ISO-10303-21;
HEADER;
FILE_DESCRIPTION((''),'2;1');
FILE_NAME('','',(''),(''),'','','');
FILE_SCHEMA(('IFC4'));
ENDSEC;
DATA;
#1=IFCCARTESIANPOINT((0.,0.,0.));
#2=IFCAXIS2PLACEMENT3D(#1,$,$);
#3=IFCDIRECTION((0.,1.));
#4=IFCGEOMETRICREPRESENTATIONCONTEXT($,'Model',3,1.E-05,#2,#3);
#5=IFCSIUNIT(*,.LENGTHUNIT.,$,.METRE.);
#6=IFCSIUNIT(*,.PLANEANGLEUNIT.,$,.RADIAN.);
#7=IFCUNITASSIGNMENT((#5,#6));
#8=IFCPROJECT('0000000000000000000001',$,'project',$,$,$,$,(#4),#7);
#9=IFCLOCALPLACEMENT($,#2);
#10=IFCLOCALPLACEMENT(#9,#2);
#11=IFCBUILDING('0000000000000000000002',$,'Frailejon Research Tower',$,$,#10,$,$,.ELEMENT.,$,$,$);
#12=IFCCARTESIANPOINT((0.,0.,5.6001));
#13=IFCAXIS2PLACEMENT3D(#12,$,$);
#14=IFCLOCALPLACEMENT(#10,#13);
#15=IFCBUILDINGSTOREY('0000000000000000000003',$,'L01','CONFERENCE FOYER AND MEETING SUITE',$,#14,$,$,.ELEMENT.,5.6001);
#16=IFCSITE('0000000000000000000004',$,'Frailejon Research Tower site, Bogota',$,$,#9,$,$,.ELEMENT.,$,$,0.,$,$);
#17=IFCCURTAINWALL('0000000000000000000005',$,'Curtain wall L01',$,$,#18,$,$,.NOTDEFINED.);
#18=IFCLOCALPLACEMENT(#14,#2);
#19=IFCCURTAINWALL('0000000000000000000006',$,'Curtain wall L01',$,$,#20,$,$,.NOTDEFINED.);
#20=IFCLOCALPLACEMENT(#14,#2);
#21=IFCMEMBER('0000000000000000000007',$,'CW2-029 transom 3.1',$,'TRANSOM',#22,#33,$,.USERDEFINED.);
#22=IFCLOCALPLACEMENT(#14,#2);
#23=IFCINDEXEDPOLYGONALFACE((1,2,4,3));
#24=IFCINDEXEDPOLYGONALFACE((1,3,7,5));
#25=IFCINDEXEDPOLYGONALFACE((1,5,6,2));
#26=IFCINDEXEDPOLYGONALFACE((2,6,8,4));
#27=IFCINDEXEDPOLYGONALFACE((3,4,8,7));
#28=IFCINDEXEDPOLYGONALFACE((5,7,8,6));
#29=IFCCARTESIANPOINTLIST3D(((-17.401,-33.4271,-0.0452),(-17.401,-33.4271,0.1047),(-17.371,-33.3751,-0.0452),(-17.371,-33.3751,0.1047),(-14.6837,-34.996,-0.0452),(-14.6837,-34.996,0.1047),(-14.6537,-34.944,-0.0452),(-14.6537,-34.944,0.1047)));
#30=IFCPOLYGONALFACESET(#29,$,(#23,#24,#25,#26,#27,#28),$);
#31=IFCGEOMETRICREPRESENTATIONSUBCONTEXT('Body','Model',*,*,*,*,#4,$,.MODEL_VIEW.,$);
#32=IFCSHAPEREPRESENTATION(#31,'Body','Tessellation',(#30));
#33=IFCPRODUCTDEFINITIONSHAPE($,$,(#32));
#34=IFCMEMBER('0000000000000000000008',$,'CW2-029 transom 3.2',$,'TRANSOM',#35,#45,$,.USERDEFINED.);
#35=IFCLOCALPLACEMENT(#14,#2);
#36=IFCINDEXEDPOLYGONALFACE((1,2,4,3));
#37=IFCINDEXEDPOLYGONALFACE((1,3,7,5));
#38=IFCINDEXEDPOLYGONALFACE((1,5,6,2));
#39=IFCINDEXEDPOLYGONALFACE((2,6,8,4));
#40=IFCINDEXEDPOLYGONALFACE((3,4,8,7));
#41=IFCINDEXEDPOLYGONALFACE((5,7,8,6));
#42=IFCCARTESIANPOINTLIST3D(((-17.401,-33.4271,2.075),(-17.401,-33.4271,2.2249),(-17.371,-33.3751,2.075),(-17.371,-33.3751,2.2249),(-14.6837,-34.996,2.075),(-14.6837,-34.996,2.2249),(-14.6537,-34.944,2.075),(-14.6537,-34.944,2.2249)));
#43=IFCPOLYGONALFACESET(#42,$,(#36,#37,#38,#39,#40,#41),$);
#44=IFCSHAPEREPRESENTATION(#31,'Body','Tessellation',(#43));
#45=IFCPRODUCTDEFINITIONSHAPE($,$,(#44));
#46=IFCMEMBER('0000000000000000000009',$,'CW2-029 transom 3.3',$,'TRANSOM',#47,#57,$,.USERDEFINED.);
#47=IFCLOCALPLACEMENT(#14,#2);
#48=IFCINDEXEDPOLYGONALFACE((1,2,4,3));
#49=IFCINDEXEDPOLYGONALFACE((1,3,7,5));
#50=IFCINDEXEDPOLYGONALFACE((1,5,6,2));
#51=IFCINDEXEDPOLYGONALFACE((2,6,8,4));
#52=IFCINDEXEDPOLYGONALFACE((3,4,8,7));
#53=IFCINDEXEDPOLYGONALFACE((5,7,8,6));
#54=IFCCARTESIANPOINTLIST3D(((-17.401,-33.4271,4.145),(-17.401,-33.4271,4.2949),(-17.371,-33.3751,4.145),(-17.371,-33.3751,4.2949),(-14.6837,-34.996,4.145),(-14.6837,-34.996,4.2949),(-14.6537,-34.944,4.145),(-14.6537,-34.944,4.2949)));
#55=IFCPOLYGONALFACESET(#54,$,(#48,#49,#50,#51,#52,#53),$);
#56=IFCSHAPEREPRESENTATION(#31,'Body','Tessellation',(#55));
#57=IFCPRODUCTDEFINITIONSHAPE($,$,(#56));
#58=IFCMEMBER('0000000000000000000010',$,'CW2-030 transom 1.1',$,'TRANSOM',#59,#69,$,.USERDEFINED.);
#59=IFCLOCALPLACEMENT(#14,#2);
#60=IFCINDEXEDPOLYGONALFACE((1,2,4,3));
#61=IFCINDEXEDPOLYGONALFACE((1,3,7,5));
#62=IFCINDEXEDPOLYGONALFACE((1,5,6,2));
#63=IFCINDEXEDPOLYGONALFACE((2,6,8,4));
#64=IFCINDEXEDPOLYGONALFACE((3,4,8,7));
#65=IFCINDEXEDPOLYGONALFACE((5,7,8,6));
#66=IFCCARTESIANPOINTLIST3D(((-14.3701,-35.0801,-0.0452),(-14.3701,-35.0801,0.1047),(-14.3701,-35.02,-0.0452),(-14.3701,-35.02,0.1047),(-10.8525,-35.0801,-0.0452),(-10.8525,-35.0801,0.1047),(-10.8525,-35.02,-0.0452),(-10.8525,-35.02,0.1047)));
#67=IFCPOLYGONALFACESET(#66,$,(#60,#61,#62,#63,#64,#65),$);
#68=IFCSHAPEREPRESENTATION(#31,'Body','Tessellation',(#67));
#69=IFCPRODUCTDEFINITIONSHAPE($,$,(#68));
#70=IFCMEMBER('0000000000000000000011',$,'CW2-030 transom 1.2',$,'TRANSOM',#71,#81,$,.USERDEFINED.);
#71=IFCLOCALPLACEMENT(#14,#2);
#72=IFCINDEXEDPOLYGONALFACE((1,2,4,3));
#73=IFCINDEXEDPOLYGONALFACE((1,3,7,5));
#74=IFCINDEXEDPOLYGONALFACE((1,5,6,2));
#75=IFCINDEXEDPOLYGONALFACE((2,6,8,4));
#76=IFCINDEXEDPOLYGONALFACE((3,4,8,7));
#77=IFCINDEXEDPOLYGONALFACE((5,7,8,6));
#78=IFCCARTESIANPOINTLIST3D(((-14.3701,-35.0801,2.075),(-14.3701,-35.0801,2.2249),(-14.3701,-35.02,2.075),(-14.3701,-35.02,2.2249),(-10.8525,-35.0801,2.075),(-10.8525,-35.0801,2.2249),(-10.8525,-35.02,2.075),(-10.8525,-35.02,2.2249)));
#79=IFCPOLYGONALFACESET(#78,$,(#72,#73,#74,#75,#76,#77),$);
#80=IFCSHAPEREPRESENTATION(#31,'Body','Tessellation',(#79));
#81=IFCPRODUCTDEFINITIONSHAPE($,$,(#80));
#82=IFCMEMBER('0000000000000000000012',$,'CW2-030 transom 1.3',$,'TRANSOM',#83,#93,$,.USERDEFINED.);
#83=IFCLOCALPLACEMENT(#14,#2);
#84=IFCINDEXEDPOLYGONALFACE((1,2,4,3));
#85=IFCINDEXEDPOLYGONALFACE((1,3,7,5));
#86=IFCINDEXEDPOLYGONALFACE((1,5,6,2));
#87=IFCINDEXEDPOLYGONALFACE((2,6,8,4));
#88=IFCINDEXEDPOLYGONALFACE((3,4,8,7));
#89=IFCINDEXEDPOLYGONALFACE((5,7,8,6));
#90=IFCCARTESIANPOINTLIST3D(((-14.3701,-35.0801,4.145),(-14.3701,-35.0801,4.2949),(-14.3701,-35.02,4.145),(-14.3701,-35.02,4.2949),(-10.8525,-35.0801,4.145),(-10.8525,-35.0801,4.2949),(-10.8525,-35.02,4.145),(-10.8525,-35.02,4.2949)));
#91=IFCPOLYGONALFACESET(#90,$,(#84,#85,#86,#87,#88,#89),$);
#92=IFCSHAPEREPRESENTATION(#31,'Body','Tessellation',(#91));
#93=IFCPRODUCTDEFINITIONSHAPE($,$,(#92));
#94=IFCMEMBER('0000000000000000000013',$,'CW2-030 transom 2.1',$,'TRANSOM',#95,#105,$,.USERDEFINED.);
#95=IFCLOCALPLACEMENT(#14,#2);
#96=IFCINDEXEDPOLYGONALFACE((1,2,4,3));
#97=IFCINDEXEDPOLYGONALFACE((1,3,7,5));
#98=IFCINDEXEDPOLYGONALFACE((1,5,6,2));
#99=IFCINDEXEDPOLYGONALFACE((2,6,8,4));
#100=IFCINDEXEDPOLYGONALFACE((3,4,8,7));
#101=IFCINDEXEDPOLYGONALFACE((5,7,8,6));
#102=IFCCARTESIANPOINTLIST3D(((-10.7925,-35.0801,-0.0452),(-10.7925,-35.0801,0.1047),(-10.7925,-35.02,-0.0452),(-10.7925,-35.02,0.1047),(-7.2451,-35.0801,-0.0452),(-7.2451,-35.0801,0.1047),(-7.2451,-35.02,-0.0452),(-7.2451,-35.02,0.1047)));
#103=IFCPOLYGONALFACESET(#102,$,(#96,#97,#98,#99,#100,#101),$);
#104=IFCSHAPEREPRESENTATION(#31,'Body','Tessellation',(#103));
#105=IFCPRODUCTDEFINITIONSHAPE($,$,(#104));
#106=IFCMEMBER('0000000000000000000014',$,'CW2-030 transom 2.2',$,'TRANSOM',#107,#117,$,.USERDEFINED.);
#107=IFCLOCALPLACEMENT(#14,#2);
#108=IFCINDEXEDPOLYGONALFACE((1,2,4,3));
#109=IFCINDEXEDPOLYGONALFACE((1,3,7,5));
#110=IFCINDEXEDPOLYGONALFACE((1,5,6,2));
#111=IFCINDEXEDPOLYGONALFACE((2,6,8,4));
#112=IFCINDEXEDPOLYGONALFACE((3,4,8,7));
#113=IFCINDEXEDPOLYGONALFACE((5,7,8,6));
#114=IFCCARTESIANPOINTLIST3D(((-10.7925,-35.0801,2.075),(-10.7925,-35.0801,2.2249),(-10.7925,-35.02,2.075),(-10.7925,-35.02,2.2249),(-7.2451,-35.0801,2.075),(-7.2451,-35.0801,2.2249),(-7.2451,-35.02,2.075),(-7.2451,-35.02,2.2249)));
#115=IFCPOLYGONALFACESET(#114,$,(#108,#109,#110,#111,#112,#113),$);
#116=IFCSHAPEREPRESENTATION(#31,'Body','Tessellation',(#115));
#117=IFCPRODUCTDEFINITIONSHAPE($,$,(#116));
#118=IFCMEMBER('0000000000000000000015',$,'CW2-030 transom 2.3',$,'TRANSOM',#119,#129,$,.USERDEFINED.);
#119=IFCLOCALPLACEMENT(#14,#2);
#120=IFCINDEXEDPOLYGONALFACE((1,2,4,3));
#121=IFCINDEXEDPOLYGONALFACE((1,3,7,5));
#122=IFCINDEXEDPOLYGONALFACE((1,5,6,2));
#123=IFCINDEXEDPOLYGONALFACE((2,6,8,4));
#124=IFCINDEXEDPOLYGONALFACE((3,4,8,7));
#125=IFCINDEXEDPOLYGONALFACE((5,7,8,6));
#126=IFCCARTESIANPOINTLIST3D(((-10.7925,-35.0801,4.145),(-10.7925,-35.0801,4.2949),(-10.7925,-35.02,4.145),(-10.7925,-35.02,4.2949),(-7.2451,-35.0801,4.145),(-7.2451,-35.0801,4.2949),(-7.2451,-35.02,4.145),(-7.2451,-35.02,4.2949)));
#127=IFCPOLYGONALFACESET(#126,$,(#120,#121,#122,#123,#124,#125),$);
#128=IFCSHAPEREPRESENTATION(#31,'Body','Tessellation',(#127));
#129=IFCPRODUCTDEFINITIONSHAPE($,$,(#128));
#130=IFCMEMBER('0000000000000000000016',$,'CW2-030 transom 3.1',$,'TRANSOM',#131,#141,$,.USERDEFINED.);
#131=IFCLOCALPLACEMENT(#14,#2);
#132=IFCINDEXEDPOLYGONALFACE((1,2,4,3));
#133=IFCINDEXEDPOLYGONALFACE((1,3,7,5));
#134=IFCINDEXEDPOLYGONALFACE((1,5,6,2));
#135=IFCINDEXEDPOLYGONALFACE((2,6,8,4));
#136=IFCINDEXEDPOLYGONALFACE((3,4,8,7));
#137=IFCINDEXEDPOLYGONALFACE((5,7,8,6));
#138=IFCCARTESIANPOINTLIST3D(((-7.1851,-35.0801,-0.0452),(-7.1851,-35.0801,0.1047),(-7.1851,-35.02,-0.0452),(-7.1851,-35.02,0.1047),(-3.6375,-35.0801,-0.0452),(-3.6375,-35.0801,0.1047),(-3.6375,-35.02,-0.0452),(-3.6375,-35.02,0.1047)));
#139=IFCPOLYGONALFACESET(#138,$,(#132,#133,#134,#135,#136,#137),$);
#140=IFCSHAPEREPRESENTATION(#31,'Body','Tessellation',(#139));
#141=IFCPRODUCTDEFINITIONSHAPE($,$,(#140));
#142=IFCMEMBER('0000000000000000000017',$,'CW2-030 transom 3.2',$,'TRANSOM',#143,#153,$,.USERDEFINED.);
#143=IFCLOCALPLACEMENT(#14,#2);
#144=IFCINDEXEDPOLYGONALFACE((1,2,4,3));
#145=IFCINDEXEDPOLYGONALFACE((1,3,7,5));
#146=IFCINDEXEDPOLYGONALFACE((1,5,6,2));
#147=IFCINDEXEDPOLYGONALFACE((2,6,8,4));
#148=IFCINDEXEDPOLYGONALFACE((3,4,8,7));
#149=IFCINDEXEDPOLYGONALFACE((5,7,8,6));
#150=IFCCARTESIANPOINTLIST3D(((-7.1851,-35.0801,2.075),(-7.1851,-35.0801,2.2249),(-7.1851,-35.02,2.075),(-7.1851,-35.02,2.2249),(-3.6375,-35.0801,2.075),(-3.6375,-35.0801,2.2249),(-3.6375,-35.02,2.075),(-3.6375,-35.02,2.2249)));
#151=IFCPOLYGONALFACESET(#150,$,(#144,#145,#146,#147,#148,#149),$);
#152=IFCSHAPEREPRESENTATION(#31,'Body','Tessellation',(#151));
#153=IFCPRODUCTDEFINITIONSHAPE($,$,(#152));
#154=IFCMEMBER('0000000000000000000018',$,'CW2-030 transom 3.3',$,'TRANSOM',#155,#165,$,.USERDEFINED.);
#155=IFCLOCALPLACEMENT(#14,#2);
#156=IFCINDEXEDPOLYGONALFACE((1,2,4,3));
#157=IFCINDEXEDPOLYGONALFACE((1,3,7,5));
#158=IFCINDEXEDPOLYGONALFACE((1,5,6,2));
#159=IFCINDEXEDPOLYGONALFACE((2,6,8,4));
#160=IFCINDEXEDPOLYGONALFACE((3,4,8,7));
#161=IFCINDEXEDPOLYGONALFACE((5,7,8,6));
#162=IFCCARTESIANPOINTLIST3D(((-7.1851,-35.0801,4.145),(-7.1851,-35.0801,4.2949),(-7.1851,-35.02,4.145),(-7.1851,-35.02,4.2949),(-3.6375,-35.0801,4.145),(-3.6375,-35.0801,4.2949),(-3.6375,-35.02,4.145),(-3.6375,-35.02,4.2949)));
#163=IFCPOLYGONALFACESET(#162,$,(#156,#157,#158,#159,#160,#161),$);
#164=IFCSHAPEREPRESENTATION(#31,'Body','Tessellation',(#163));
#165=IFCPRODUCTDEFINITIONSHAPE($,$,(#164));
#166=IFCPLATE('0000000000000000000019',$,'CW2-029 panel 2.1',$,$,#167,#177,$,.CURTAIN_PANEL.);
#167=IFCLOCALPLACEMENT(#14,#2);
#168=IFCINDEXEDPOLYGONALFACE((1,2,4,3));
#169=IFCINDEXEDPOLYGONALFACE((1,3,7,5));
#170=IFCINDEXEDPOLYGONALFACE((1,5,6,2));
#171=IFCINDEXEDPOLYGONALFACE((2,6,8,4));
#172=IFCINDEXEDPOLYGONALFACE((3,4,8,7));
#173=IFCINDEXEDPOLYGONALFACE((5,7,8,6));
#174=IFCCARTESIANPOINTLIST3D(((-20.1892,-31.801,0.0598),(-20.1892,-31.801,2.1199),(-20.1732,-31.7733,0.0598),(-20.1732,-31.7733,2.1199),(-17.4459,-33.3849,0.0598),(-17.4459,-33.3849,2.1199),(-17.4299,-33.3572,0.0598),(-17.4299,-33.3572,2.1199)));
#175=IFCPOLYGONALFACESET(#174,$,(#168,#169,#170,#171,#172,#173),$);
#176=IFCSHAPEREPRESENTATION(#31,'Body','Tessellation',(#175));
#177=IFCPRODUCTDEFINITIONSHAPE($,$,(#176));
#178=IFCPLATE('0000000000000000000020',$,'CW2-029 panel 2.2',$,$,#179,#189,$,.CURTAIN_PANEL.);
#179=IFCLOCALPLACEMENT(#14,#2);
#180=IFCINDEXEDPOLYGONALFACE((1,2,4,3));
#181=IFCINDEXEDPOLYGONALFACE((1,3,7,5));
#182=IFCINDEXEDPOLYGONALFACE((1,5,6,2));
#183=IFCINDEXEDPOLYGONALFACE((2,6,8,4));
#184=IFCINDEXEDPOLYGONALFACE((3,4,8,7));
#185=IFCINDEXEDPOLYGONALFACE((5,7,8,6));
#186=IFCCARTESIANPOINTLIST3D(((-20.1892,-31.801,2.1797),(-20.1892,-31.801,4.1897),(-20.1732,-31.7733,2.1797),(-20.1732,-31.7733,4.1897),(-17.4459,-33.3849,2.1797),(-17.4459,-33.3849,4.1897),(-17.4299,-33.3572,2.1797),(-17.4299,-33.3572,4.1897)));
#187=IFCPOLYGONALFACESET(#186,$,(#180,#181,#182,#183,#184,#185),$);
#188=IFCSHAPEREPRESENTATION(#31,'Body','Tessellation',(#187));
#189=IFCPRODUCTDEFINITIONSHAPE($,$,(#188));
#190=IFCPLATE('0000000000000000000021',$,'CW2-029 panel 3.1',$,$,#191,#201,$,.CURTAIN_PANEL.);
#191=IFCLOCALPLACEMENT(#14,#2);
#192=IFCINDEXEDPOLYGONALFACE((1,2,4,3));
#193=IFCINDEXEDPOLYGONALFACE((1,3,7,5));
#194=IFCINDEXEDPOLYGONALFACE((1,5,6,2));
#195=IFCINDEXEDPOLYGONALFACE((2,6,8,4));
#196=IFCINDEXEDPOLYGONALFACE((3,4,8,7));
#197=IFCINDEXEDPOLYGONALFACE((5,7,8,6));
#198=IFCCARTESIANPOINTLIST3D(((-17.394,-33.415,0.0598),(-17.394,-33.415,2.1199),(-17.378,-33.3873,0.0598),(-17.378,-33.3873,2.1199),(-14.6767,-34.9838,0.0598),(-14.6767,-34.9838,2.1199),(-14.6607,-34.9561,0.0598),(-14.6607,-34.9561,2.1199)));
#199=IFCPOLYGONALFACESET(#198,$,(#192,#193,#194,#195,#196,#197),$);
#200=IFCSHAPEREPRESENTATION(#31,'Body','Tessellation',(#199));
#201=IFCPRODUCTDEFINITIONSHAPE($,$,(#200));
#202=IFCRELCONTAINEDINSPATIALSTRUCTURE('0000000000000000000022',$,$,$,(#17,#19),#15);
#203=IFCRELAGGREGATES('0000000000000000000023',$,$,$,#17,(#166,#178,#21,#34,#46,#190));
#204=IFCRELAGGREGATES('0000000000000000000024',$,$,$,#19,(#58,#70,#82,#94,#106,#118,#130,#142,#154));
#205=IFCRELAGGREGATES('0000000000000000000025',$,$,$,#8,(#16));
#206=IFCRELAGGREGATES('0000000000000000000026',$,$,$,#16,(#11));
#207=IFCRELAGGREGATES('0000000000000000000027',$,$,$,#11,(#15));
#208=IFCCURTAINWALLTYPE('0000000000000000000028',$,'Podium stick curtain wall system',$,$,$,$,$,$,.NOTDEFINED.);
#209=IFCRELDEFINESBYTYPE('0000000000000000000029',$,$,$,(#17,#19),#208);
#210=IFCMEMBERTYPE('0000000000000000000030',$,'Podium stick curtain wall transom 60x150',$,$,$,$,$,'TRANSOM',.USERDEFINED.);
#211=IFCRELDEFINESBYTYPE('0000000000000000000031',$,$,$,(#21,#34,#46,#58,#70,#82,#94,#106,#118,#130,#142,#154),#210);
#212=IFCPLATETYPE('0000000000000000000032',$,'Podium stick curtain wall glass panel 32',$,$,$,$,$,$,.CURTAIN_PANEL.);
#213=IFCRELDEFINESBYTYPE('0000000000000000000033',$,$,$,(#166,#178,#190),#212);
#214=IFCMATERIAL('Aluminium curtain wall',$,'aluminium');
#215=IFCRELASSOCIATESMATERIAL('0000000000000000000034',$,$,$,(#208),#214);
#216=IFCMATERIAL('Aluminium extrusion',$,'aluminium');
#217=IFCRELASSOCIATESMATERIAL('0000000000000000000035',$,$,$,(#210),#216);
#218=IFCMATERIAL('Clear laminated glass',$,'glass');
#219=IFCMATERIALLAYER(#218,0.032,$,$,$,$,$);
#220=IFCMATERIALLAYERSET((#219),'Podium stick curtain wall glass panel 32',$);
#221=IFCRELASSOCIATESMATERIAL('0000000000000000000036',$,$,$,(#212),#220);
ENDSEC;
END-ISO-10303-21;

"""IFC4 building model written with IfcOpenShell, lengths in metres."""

from ifc_helpers import new_model, si_unit, direction, frame, origin, origin_2d, place, context, subcontext, project, spatial, rectangle, extrude, material, layer, layer_set, material_profile, profile_set, type_object, element, aggregate, save


model = new_model("IFC4")

# Units and contexts
model_context = context("Model", 3, precision=1e-05, world=origin(), true_north=direction((0.0, 1.0)))
body_context = subcontext(model_context, "Body", "Model", "MODEL_VIEW")
ifc_project = project(units=[si_unit("LENGTHUNIT", "METRE"), si_unit("PLANEANGLEUNIT", "RADIAN")], contexts=[model_context])

# Site, building, storey
site_placement = place(None, origin())
site = spatial("IfcSite", under=ifc_project, at=site_placement, Name="Frailejon Research Tower site, Bogota", CompositionType="ELEMENT", RefElevation=0.0)
building_placement = place(site_placement, origin())
building = spatial("IfcBuilding", under=site, at=building_placement, Name="Frailejon Research Tower", CompositionType="ELEMENT")
storey_placement = place(building_placement, frame((0.0, 0.0, 5.6001)))
storey = spatial("IfcBuildingStorey", under=building, at=storey_placement, Name="L01", Description="CONFERENCE FOYER AND MEETING SUITE", CompositionType="ELEMENT", Elevation=5.6001)

# Curtain walls
ifc_material_1 = material(Name="Aluminium curtain wall", Category="aluminium")
curtain_wall_type = type_object("IfcCurtainWallType", Name="Podium stick curtain wall system", PredefinedType="NOTDEFINED", material=ifc_material_1)
curtain_wall_1_placement = place(storey_placement, origin())
curtain_wall_1 = element("IfcCurtainWall", 1, at=curtain_wall_1_placement, inside=storey, type_object=curtain_wall_type, Name="Curtain wall L01", PredefinedType="NOTDEFINED")
curtain_wall_2_placement = place(storey_placement, origin())
curtain_wall_2 = element("IfcCurtainWall", 2, at=curtain_wall_2_placement, inside=storey, type_object=curtain_wall_type, Name="Curtain wall L01", PredefinedType="NOTDEFINED")

# Members
ifc_material_2 = material(Name="Aluminium extrusion", Category="aluminium")
ifc_material_profile_1 = material_profile(ifc_material_2, rectangle(XDim=0.0601, YDim=0.1499, at=origin_2d()), Name="Podium stick curtain wall transom 60x150")
ifc_profile_set_1 = profile_set([ifc_material_profile_1], Name="Aluminium extrusion")
member_type_1 = type_object("IfcMemberType", Name="Podium stick curtain wall transom 60x150", ElementType="TRANSOM", PredefinedType="USERDEFINED", material=ifc_profile_set_1)
member_1_placement = place(storey_placement, frame((-17.386, -33.4011, 0.0298), z_axis=(0.866022, -0.500005, 0.0), x_axis=(0.500005, 0.866022, 0.0)))
member_1 = element("IfcMember", 3, at=member_1_placement, type_object=member_type_1, Name="CW2-029 transom 3.1", ObjectType="TRANSOM", PredefinedType="USERDEFINED", context=body_context, shape_type="SweptSolid", body=[
    extrude(rectangle(XDim=0.0601, YDim=0.1499, at=origin_2d()), origin(), (0.0, 0.0, 1.0), 3.1377),
])
member_2_placement = place(storey_placement, frame((-17.386, -33.4011, 2.1499), z_axis=(0.866022, -0.500005, 0.0), x_axis=(0.500005, 0.866022, 0.0)))
member_2 = element("IfcMember", 4, at=member_2_placement, type_object=member_type_1, Name="CW2-029 transom 3.2", ObjectType="TRANSOM", PredefinedType="USERDEFINED", context=body_context, shape_type="SweptSolid", body=[
    extrude(rectangle(XDim=0.0601, YDim=0.1499, at=origin_2d()), origin(), (0.0, 0.0, 1.0), 3.1377),
])
member_3_placement = place(storey_placement, frame((-17.386, -33.4011, 4.22), z_axis=(0.866022, -0.500005, 0.0), x_axis=(0.500005, 0.866022, 0.0)))
member_3 = element("IfcMember", 5, at=member_3_placement, type_object=member_type_1, Name="CW2-029 transom 3.3", ObjectType="TRANSOM", PredefinedType="USERDEFINED", context=body_context, shape_type="SweptSolid", body=[
    extrude(rectangle(XDim=0.0601, YDim=0.1499, at=origin_2d()), origin(), (0.0, 0.0, 1.0), 3.1377),
])
member_4_placement = place(storey_placement, frame((-14.3701, -35.05, 0.0298), z_axis=(1.0, 0.0, 0.0), x_axis=(0.0, 1.0, 0.0)))
member_4 = element("IfcMember", 6, at=member_4_placement, type_object=member_type_1, Name="CW2-030 transom 1.1", ObjectType="TRANSOM", PredefinedType="USERDEFINED", context=body_context, shape_type="SweptSolid", body=[
    extrude(rectangle(XDim=0.0601, YDim=0.1499, at=origin_2d()), origin(), (0.0, 0.0, 1.0), 3.5176),
])
member_5_placement = place(storey_placement, frame((-14.3701, -35.05, 2.1499), z_axis=(1.0, 0.0, 0.0), x_axis=(0.0, 1.0, 0.0)))
member_5 = element("IfcMember", 7, at=member_5_placement, type_object=member_type_1, Name="CW2-030 transom 1.2", ObjectType="TRANSOM", PredefinedType="USERDEFINED", context=body_context, shape_type="SweptSolid", body=[
    extrude(rectangle(XDim=0.0601, YDim=0.1499, at=origin_2d()), origin(), (0.0, 0.0, 1.0), 3.5176),
])
member_6_placement = place(storey_placement, frame((-14.3701, -35.05, 4.22), z_axis=(1.0, 0.0, 0.0), x_axis=(0.0, 1.0, 0.0)))
member_6 = element("IfcMember", 8, at=member_6_placement, type_object=member_type_1, Name="CW2-030 transom 1.3", ObjectType="TRANSOM", PredefinedType="USERDEFINED", context=body_context, shape_type="SweptSolid", body=[
    extrude(rectangle(XDim=0.0601, YDim=0.1499, at=origin_2d()), origin(), (0.0, 0.0, 1.0), 3.5176),
])
member_7_placement = place(storey_placement, frame((-10.7925, -35.05, 0.0298), z_axis=(1.0, 0.0, 0.0), x_axis=(0.0, 1.0, 0.0)))
member_7 = element("IfcMember", 9, at=member_7_placement, type_object=member_type_1, Name="CW2-030 transom 2.1", ObjectType="TRANSOM", PredefinedType="USERDEFINED", context=body_context, shape_type="SweptSolid", body=[
    extrude(rectangle(XDim=0.0601, YDim=0.1499, at=origin_2d()), origin(), (0.0, 0.0, 1.0), 3.5474),
])
member_8_placement = place(storey_placement, frame((-10.7925, -35.05, 2.1499), z_axis=(1.0, 0.0, 0.0), x_axis=(0.0, 1.0, 0.0)))
member_8 = element("IfcMember", 10, at=member_8_placement, type_object=member_type_1, Name="CW2-030 transom 2.2", ObjectType="TRANSOM", PredefinedType="USERDEFINED", context=body_context, shape_type="SweptSolid", body=[
    extrude(rectangle(XDim=0.0601, YDim=0.1499, at=origin_2d()), origin(), (0.0, 0.0, 1.0), 3.5474),
])
member_9_placement = place(storey_placement, frame((-10.7925, -35.05, 4.22), z_axis=(1.0, 0.0, 0.0), x_axis=(0.0, 1.0, 0.0)))
member_9 = element("IfcMember", 11, at=member_9_placement, type_object=member_type_1, Name="CW2-030 transom 2.3", ObjectType="TRANSOM", PredefinedType="USERDEFINED", context=body_context, shape_type="SweptSolid", body=[
    extrude(rectangle(XDim=0.0601, YDim=0.1499, at=origin_2d()), origin(), (0.0, 0.0, 1.0), 3.5474),
])
member_10_placement = place(storey_placement, frame((-7.1851, -35.05, 0.0298), z_axis=(1.0, 0.0, 0.0), x_axis=(0.0, 1.0, 0.0)))
member_10 = element("IfcMember", 12, at=member_10_placement, type_object=member_type_1, Name="CW2-030 transom 3.1", ObjectType="TRANSOM", PredefinedType="USERDEFINED", context=body_context, shape_type="SweptSolid", body=[
    extrude(rectangle(XDim=0.0601, YDim=0.1499, at=origin_2d()), origin(), (0.0, 0.0, 1.0), 3.5476),
])
member_11_placement = place(storey_placement, frame((-7.1851, -35.05, 2.1499), z_axis=(1.0, 0.0, 0.0), x_axis=(0.0, 1.0, 0.0)))
member_11 = element("IfcMember", 13, at=member_11_placement, type_object=member_type_1, Name="CW2-030 transom 3.2", ObjectType="TRANSOM", PredefinedType="USERDEFINED", context=body_context, shape_type="SweptSolid", body=[
    extrude(rectangle(XDim=0.0601, YDim=0.1499, at=origin_2d()), origin(), (0.0, 0.0, 1.0), 3.5476),
])
member_12_placement = place(storey_placement, frame((-7.1851, -35.05, 4.22), z_axis=(1.0, 0.0, 0.0), x_axis=(0.0, 1.0, 0.0)))
member_12 = element("IfcMember", 14, at=member_12_placement, type_object=member_type_1, Name="CW2-030 transom 3.3", ObjectType="TRANSOM", PredefinedType="USERDEFINED", context=body_context, shape_type="SweptSolid", body=[
    extrude(rectangle(XDim=0.0601, YDim=0.1499, at=origin_2d()), origin(), (0.0, 0.0, 1.0), 3.5476),
])

# Plates
ifc_material_3 = material(Name="Clear laminated glass", Category="glass")
ifc_layer_1 = layer(ifc_material_3, 0.032)
ifc_layer_set_1 = layer_set([ifc_layer_1], Name="Podium stick curtain wall glass panel 32")
plate_type = type_object("IfcPlateType", Name="Podium stick curtain wall glass panel 32", PredefinedType="CURTAIN_PANEL", material=ifc_layer_set_1)
plate_1_placement = place(storey_placement, frame((-18.8096, -32.5791, 0.0598), z_axis=(0.0, 0.0, 1.0), x_axis=(0.866025, -0.5, 0.0)))
plate_1 = element("IfcPlate", 15, at=plate_1_placement, type_object=plate_type, Name="CW2-029 panel 2.1", PredefinedType="CURTAIN_PANEL", context=body_context, shape_type="SweptSolid", body=[
    extrude(rectangle(XDim=3.1677, YDim=0.032, at=origin_2d()), origin(), (0.0, 0.0, 1.0), 2.0601),
])
plate_2_placement = place(storey_placement, frame((-18.8096, -32.5791, 2.1797), z_axis=(0.0, 0.0, 1.0), x_axis=(0.866025, -0.5, 0.0)))
plate_2 = element("IfcPlate", 16, at=plate_2_placement, type_object=plate_type, Name="CW2-029 panel 2.2", PredefinedType="CURTAIN_PANEL", context=body_context, shape_type="SweptSolid", body=[
    extrude(rectangle(XDim=3.1677, YDim=0.032, at=origin_2d()), origin(), (0.0, 0.0, 1.0), 2.01),
])
plate_3_placement = place(storey_placement, frame((-16.0273, -34.1855, 0.0598), z_axis=(0.0, 0.0, 1.0), x_axis=(0.866025, -0.5, 0.0)))
plate_3 = element("IfcPlate", 17, at=plate_3_placement, type_object=plate_type, Name="CW2-029 panel 3.1", PredefinedType="CURTAIN_PANEL", context=body_context, shape_type="SweptSolid", body=[
    extrude(rectangle(XDim=3.1377, YDim=0.032, at=origin_2d()), origin(), (0.0, 0.0, 1.0), 2.0601),
])
aggregate(curtain_wall_1, [plate_1, plate_2, member_1, member_2, member_3, plate_3])
aggregate(curtain_wall_2, [member_4, member_5, member_6, member_7, member_8, member_9, member_10, member_11, member_12])

save(model, "model.ifc")
